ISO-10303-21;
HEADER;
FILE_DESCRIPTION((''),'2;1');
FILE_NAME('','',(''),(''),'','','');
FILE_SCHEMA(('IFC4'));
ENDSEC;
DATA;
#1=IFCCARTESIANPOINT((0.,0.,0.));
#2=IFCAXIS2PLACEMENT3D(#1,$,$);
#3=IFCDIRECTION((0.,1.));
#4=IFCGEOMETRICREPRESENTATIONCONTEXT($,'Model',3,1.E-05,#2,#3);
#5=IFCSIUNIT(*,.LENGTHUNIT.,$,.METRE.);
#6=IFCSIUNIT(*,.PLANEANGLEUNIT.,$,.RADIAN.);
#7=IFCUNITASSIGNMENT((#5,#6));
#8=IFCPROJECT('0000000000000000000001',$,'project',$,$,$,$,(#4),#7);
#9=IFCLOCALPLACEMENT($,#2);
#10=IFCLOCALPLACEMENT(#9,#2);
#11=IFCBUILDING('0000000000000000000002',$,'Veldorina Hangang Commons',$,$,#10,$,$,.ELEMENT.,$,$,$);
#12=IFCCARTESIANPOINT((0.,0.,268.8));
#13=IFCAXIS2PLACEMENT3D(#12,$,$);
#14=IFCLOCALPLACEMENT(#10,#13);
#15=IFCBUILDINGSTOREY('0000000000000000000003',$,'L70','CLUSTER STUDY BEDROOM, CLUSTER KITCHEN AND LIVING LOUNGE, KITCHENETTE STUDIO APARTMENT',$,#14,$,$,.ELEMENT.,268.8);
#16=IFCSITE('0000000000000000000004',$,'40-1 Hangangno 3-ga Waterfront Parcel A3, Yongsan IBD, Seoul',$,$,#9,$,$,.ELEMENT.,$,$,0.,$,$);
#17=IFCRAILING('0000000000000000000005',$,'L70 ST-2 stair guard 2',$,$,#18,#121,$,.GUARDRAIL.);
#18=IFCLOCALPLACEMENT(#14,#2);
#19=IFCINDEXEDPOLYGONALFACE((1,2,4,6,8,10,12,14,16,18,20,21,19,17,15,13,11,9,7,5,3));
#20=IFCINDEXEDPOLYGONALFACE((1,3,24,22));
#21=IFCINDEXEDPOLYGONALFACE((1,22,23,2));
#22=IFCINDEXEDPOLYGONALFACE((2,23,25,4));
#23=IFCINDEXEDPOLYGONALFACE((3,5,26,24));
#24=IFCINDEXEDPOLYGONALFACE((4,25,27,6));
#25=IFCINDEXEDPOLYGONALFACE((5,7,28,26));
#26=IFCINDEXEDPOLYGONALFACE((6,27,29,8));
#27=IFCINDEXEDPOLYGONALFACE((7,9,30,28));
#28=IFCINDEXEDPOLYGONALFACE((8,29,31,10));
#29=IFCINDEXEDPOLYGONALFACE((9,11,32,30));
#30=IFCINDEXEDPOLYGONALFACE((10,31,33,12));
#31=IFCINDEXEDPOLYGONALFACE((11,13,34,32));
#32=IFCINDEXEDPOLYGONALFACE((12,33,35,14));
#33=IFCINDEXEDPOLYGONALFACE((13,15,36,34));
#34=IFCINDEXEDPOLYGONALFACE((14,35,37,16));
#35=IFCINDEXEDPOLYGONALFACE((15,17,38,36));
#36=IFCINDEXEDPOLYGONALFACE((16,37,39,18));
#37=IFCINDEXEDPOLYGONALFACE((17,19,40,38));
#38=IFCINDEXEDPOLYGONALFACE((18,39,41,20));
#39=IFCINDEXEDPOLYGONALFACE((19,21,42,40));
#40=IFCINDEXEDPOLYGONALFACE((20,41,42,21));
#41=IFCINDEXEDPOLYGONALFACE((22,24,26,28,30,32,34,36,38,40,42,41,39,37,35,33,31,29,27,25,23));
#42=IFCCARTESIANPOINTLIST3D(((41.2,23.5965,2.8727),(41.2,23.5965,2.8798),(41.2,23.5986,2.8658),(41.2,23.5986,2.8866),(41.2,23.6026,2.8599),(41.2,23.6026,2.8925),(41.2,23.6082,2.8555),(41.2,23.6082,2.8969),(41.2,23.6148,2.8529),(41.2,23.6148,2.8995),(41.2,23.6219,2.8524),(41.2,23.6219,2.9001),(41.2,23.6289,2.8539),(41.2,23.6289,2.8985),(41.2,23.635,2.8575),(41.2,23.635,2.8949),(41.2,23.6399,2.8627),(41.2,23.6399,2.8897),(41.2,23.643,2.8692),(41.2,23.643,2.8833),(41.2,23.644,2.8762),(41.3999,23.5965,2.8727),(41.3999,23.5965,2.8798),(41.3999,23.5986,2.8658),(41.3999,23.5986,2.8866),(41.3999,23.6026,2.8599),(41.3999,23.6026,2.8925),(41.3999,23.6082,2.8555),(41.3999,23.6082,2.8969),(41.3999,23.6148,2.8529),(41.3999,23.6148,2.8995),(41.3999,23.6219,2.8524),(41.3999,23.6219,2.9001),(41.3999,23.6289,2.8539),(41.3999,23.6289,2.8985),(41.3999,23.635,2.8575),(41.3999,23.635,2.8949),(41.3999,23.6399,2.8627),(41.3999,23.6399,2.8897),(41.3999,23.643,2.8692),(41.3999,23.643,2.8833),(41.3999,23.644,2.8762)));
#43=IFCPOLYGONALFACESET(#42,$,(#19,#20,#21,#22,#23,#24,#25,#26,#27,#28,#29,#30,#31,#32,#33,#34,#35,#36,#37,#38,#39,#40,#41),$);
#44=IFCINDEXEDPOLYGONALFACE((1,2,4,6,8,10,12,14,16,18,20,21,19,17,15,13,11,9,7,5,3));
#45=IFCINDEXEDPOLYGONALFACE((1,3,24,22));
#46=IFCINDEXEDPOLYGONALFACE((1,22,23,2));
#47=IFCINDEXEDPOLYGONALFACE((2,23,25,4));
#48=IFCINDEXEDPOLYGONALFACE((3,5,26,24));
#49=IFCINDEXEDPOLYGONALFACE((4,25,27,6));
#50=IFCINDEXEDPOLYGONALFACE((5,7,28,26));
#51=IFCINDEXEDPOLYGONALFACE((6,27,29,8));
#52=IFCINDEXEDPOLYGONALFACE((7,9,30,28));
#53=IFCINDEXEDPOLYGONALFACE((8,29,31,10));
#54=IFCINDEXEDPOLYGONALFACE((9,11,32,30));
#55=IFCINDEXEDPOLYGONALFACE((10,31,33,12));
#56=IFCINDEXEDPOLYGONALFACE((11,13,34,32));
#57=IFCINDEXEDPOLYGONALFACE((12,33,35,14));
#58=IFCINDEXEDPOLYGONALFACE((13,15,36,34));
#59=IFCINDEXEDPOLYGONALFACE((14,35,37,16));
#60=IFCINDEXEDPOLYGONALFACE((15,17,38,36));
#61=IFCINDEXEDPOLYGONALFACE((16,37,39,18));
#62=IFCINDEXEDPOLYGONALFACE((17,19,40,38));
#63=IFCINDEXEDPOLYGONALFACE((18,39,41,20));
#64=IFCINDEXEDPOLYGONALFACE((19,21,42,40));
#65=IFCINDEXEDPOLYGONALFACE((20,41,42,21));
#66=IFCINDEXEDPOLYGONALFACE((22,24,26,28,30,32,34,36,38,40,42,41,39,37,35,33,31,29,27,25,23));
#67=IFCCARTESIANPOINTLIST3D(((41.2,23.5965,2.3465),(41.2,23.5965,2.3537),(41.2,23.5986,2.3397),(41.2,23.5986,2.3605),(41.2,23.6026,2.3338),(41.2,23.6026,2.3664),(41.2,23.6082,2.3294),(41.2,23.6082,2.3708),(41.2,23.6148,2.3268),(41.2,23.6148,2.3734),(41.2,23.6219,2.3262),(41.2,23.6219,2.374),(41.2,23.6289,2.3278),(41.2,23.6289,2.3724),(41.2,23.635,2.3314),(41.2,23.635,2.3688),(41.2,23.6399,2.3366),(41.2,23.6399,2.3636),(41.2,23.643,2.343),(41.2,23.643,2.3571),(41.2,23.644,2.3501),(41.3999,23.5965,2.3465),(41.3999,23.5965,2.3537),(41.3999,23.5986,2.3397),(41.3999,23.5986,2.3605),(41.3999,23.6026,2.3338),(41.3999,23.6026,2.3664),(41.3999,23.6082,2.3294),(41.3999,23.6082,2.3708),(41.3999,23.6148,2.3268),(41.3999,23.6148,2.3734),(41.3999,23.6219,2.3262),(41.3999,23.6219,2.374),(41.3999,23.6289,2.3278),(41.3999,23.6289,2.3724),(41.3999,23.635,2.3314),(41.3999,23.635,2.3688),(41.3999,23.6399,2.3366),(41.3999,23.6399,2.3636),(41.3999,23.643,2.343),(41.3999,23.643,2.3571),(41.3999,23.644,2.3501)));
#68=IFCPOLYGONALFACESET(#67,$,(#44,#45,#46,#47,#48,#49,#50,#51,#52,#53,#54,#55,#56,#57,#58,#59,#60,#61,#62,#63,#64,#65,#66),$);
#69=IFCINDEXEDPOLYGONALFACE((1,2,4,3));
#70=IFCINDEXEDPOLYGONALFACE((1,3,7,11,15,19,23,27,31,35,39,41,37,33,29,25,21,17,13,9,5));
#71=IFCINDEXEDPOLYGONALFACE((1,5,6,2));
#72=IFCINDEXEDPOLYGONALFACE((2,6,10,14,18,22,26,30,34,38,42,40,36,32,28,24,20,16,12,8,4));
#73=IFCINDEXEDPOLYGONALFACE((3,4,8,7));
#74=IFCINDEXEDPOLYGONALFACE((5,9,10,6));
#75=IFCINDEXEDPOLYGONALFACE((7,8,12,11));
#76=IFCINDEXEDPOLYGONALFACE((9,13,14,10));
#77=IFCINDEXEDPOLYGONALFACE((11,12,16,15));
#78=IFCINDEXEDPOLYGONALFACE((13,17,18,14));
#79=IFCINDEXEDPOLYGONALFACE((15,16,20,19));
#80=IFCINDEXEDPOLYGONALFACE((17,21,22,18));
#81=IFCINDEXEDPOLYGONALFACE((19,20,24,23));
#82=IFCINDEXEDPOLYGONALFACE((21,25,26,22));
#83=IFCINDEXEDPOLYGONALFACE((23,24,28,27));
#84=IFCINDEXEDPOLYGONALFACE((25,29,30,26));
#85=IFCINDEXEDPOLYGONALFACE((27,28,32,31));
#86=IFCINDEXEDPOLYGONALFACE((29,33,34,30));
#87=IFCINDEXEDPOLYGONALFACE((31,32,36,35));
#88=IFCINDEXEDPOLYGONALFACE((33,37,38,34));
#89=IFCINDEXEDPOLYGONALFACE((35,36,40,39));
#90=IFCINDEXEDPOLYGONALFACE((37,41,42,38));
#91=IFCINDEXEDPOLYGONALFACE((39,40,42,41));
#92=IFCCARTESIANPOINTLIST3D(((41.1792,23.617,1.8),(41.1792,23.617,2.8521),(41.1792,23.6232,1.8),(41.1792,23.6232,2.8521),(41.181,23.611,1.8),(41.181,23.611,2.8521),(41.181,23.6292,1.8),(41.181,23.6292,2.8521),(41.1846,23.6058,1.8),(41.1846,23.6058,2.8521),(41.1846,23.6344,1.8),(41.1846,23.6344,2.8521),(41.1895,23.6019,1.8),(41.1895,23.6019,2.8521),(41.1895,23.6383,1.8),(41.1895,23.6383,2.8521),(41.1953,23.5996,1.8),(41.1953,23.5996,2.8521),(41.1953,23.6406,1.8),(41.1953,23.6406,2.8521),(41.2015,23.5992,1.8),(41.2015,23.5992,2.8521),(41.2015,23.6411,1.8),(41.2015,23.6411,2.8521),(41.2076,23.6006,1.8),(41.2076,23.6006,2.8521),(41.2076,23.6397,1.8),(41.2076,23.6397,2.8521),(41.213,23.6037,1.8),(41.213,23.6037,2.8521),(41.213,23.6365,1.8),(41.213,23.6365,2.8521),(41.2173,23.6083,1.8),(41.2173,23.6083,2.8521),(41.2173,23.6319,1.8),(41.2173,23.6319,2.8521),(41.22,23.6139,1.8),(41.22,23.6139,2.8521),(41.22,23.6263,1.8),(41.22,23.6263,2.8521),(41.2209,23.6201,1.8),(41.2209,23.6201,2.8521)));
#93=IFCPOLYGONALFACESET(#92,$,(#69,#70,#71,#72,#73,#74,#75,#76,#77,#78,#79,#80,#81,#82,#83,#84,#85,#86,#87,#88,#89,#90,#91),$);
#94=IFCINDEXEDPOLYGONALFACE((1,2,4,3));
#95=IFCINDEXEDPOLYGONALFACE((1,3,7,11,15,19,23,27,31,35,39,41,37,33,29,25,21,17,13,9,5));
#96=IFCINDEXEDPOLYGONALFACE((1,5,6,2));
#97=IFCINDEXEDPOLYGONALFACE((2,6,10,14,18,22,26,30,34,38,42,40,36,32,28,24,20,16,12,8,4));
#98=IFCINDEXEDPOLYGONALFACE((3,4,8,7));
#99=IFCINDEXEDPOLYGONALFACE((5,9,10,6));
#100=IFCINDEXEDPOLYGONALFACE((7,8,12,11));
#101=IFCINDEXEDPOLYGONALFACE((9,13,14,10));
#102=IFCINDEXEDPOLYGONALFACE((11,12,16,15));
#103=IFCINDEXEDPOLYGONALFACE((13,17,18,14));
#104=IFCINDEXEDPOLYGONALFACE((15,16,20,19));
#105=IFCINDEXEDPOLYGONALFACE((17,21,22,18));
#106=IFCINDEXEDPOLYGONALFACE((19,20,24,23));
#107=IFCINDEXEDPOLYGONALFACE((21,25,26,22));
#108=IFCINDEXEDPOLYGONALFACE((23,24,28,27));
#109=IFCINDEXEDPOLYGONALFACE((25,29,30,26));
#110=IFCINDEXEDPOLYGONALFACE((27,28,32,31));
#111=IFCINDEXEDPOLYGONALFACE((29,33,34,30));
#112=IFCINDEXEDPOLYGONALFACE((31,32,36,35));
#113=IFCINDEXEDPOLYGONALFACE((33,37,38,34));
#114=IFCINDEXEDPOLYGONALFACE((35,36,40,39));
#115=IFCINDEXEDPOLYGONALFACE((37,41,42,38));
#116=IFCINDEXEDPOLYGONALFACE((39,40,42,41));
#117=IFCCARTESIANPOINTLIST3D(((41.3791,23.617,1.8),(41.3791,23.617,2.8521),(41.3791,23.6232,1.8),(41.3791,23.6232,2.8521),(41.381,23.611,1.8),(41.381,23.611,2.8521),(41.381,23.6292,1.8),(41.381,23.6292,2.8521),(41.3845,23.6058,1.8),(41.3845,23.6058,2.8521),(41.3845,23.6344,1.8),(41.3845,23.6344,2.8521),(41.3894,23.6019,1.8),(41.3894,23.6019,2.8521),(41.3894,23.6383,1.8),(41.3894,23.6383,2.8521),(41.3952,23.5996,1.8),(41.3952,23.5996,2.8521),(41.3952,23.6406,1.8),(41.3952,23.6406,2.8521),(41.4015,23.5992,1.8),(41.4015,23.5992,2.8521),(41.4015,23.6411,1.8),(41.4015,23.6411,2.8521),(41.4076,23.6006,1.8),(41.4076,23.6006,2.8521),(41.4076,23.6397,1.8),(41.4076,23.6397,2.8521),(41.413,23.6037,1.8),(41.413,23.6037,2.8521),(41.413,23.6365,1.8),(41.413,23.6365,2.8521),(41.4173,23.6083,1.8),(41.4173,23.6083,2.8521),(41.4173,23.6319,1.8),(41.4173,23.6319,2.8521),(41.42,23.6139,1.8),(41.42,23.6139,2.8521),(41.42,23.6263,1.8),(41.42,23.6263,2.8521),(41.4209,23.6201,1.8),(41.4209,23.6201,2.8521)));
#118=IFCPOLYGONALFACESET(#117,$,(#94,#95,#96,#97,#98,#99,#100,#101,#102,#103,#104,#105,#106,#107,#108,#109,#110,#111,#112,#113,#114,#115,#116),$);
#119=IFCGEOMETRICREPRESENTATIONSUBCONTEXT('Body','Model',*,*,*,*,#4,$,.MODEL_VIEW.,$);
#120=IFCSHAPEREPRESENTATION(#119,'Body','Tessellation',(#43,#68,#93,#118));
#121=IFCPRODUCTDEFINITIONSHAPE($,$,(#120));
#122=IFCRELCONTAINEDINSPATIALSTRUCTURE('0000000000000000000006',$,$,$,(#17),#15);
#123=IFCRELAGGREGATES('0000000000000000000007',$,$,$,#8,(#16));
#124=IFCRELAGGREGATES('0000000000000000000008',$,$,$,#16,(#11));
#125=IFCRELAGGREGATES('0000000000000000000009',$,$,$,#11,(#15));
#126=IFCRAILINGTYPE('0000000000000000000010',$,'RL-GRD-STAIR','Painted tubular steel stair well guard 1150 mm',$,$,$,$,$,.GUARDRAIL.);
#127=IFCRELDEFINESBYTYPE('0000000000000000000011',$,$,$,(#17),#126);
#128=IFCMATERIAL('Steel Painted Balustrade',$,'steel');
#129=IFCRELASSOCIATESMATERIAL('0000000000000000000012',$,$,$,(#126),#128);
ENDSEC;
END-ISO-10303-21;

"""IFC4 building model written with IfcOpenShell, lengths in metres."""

from ifc_helpers import new_model, si_unit, direction, frame, origin, origin_2d, place, context, subcontext, project, spatial, circle, extrude, material, type_object, element, save


model = new_model("IFC4")

# Units and contexts
model_context = context("Model", 3, precision=1e-05, world=origin(), true_north=direction((0.0, 1.0)))
body_context = subcontext(model_context, "Body", "Model", "MODEL_VIEW")
ifc_project = project(units=[si_unit("LENGTHUNIT", "METRE"), si_unit("PLANEANGLEUNIT", "RADIAN")], contexts=[model_context])

# Site, building, storey
site_placement = place(None, origin())
site = spatial("IfcSite", under=ifc_project, at=site_placement, Name="40-1 Hangangno 3-ga Waterfront Parcel A3, Yongsan IBD, Seoul", CompositionType="ELEMENT", RefElevation=0.0)
building_placement = place(site_placement, origin())
building = spatial("IfcBuilding", under=site, at=building_placement, Name="Veldorina Hangang Commons", CompositionType="ELEMENT")
storey_placement = place(building_placement, frame((0.0, 0.0, 268.8)))
storey = spatial("IfcBuildingStorey", under=building, at=storey_placement, Name="L70", Description="CLUSTER STUDY BEDROOM, CLUSTER KITCHEN AND LIVING LOUNGE, KITCHENETTE STUDIO APARTMENT", CompositionType="ELEMENT", Elevation=268.8)

# Railing
ifc_material_1 = material(Name="Steel Painted Balustrade", Category="steel")
railing_type_1 = type_object("IfcRailingType", Name="RL-GRD-STAIR", Description="Painted tubular steel stair well guard 1150 mm", PredefinedType="GUARDRAIL", material=ifc_material_1)
railing_1_placement = place(storey_placement, frame((41.2, 23.6201, 1.8)))
element("IfcRailing", 1, at=railing_1_placement, inside=storey, type_object=railing_type_1, Name="L70 ST-2 stair guard 2", PredefinedType="GUARDRAIL", context=body_context, shape_type="SweptSolid", body=[
    extrude(circle(Radius=0.0239, at=origin_2d()), frame((0.0, 0.0, 1.0762), z_axis=(1.0, 0.0, 0.0), x_axis=(0.0, 1.0, 0.0)), (0.0, 0.0, 1.0), 0.2),
    extrude(circle(Radius=0.0239, at=origin_2d()), frame((0.0, 0.0, 0.55), z_axis=(1.0, 0.0, 0.0), x_axis=(0.0, 1.0, 0.0)), (0.0, 0.0, 1.0), 0.2),
    extrude(circle(Radius=0.021, at=origin_2d()), origin(), (0.0, 0.0, 1.0), 1.052),
    extrude(circle(Radius=0.021, at=origin_2d()), frame((0.2, 0.0, 0.0)), (0.0, 0.0, 1.0), 1.052),
])

save(model, "model.ifc")
